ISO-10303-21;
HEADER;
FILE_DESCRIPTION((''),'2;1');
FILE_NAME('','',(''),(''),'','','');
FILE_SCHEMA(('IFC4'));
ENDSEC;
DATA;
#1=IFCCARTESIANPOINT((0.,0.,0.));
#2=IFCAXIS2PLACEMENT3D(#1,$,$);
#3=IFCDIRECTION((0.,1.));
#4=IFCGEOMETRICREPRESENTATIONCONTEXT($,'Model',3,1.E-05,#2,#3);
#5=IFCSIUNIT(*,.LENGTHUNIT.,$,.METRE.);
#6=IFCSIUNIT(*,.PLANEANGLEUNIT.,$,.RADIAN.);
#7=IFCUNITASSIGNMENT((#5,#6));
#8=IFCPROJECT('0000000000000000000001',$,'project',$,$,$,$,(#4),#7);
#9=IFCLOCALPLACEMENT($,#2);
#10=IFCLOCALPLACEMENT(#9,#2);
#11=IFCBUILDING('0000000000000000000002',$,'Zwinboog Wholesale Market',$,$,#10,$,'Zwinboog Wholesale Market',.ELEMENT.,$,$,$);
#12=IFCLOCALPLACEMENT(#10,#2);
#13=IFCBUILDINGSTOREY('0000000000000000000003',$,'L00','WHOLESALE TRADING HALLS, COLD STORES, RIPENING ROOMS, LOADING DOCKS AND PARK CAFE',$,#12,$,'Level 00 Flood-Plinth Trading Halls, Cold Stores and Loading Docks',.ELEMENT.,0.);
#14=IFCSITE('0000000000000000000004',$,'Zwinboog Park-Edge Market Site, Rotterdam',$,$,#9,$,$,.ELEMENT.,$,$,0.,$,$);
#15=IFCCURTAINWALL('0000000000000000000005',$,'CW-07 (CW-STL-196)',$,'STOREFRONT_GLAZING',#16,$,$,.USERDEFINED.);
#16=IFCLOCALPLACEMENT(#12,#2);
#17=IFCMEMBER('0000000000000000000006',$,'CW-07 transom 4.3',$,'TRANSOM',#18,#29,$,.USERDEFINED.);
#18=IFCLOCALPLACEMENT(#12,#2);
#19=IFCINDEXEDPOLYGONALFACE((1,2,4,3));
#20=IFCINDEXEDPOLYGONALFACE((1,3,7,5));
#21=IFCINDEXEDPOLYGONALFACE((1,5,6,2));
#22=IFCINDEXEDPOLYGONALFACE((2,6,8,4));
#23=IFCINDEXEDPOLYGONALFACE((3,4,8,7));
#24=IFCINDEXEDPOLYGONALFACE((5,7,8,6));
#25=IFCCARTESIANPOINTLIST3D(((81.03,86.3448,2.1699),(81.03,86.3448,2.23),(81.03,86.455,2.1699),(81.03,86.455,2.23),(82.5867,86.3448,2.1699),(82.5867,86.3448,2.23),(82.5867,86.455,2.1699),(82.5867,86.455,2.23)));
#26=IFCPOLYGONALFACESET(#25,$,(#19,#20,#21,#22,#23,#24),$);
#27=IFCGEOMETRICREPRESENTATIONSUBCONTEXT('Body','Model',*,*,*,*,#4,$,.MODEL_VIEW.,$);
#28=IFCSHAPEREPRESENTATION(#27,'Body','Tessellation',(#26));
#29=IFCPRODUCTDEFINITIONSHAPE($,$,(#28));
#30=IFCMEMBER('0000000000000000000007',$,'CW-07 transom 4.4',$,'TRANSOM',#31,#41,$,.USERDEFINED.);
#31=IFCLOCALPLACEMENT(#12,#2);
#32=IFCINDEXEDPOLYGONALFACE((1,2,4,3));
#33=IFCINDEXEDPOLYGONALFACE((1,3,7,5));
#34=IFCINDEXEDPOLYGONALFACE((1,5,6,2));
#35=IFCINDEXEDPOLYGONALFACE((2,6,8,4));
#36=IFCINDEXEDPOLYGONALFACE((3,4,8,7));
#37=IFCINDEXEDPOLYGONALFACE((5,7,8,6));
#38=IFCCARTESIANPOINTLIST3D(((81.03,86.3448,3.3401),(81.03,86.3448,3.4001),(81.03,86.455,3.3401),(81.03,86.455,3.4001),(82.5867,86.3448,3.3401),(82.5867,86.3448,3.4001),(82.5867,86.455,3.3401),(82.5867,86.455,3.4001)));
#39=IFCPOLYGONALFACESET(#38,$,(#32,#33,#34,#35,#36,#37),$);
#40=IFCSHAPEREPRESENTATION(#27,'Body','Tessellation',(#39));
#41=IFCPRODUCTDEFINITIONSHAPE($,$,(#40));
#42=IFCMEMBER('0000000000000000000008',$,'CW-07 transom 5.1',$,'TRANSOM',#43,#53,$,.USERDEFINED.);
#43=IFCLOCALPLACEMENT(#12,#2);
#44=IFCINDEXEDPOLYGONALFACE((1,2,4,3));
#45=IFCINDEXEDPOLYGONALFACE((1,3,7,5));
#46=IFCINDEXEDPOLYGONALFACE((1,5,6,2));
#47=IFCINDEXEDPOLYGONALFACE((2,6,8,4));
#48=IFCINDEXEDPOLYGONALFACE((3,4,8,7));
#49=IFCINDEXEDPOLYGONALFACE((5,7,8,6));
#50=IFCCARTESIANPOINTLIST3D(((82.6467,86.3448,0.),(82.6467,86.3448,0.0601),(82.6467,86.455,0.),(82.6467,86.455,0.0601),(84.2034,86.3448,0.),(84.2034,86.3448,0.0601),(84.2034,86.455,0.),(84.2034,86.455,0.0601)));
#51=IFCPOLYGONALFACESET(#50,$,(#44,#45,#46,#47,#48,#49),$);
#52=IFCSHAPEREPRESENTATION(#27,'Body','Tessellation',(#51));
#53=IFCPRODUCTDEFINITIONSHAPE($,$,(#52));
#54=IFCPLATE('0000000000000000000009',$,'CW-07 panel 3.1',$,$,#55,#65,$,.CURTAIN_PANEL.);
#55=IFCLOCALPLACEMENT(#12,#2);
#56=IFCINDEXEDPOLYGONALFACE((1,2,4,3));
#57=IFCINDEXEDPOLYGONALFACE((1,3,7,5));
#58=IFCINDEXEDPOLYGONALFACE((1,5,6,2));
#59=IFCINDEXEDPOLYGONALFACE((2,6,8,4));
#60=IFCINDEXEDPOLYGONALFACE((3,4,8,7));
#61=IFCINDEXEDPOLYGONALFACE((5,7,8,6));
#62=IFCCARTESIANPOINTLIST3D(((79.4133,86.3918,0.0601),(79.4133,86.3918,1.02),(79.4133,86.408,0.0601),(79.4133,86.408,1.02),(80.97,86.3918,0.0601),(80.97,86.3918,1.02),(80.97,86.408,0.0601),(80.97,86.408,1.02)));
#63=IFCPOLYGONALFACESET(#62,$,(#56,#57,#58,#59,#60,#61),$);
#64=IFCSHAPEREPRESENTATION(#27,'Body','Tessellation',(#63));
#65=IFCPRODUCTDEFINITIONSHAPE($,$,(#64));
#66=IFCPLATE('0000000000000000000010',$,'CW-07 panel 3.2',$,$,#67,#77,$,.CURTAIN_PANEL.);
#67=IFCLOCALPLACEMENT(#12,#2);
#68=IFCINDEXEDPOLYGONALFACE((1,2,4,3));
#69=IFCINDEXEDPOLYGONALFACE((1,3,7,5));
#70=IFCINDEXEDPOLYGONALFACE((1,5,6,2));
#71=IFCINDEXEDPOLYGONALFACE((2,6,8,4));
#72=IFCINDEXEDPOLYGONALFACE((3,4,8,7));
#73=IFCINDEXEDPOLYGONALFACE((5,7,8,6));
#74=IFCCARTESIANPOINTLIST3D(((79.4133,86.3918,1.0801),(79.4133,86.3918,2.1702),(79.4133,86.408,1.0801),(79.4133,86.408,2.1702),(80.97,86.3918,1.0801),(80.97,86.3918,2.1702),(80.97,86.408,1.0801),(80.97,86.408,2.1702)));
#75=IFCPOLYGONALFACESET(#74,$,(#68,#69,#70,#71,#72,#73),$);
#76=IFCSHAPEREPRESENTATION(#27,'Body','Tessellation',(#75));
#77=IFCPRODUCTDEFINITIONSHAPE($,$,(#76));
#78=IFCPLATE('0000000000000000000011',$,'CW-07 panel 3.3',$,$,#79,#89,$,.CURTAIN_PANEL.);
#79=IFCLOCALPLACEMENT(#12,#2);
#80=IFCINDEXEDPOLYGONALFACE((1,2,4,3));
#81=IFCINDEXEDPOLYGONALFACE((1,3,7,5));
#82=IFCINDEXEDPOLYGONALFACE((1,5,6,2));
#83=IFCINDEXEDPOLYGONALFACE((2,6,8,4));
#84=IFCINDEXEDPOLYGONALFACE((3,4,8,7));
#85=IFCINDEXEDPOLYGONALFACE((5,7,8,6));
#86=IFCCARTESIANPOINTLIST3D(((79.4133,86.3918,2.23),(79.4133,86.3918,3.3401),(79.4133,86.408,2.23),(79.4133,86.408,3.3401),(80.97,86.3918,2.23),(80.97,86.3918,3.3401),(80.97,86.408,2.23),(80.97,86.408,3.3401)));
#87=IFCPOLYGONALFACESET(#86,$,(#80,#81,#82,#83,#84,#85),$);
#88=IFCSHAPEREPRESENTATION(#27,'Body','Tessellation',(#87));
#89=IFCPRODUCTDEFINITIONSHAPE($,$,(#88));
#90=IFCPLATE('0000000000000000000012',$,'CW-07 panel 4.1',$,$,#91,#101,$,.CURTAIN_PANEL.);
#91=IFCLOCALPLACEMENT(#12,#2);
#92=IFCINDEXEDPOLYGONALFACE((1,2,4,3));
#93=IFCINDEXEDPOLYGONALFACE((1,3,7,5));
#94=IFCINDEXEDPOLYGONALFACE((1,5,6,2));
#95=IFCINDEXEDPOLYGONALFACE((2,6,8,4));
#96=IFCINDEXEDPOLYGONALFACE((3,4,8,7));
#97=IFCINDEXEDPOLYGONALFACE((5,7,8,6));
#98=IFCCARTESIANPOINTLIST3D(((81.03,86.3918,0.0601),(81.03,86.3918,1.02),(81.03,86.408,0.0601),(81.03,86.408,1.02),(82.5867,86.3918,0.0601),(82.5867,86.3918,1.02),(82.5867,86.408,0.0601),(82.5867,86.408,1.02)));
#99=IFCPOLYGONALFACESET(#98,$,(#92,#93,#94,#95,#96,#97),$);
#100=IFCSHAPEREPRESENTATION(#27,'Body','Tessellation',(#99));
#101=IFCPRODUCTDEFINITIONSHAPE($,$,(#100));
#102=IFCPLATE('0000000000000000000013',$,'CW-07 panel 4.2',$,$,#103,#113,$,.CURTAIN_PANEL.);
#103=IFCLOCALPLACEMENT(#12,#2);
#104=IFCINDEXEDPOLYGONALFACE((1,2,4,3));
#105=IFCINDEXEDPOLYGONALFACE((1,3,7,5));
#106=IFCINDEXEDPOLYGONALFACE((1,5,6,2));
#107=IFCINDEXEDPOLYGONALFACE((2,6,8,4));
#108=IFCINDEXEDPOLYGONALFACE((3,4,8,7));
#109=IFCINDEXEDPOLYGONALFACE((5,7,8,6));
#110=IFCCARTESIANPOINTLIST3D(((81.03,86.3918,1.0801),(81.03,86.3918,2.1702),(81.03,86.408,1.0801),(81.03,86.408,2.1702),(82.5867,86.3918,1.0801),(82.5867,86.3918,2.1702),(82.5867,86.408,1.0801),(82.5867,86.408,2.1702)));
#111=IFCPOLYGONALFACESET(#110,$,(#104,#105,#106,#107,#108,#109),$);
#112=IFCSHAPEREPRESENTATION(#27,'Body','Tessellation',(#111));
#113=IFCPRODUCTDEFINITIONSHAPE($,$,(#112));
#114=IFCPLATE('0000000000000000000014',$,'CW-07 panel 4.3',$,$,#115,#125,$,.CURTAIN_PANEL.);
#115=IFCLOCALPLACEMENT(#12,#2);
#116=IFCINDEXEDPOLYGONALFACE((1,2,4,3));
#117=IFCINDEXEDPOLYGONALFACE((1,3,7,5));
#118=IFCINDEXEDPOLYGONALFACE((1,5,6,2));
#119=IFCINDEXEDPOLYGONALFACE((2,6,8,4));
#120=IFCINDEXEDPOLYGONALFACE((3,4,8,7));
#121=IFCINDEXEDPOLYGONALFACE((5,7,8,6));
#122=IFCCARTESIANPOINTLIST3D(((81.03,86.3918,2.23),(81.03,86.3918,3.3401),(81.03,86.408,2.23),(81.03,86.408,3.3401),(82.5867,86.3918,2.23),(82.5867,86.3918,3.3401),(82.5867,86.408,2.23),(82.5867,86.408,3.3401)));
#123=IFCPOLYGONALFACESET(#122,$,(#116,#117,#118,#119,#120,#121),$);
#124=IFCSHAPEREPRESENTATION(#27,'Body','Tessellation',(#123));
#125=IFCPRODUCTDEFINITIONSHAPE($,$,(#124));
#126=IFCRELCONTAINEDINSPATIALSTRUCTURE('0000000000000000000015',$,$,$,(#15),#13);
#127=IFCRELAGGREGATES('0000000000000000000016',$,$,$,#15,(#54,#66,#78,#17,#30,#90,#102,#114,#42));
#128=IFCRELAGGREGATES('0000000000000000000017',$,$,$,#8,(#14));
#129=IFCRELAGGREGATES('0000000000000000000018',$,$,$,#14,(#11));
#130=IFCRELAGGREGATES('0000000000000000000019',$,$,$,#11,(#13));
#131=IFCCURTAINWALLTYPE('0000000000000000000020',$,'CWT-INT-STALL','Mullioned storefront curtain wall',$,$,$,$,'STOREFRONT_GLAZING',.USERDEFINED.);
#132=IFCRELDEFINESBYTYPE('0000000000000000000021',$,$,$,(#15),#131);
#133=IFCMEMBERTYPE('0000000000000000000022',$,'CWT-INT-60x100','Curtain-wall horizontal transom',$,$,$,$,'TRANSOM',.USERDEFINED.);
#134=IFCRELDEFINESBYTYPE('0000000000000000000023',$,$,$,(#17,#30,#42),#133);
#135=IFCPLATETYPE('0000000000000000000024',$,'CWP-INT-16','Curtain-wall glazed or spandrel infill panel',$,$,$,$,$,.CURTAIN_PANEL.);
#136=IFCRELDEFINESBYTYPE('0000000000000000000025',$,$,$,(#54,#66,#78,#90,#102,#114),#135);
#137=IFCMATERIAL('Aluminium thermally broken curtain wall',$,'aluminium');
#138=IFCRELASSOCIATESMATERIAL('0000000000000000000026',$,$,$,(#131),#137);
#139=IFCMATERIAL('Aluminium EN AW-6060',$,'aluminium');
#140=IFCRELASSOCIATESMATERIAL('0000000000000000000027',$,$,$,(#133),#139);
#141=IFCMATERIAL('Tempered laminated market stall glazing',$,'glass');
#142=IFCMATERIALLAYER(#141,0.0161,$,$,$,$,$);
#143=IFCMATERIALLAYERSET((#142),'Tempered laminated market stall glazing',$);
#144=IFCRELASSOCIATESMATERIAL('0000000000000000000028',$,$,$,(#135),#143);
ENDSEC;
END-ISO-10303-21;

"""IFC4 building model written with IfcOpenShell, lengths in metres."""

from ifc_helpers import new_model, si_unit, direction, frame, origin, origin_2d, place, context, subcontext, project, spatial, rectangle, extrude, material, layer, layer_set, material_profile, profile_set, type_object, element, aggregate, save


model = new_model("IFC4")

# Units and contexts
model_context = context("Model", 3, precision=1e-05, world=origin(), true_north=direction((0.0, 1.0)))
body_context = subcontext(model_context, "Body", "Model", "MODEL_VIEW")
ifc_project = project(units=[si_unit("LENGTHUNIT", "METRE"), si_unit("PLANEANGLEUNIT", "RADIAN")], contexts=[model_context])

# Site, building, storey
site_placement = place(None, origin())
site = spatial("IfcSite", under=ifc_project, at=site_placement, Name="Zwinboog Park-Edge Market Site, Rotterdam", CompositionType="ELEMENT", RefElevation=0.0)
building_placement = place(site_placement, origin())
building = spatial("IfcBuilding", under=site, at=building_placement, Name="Zwinboog Wholesale Market", LongName="Zwinboog Wholesale Market", CompositionType="ELEMENT")
storey_placement = place(building_placement, origin())
storey = spatial("IfcBuildingStorey", under=building, at=storey_placement, Name="L00", Description="WHOLESALE TRADING HALLS, COLD STORES, RIPENING ROOMS, LOADING DOCKS AND PARK CAFE", LongName="Level 00 Flood-Plinth Trading Halls, Cold Stores and Loading Docks", CompositionType="ELEMENT", Elevation=0.0)

# Curtain wall, members, plates
ifc_material_1 = material(Name="Aluminium thermally broken curtain wall", Category="aluminium")
curtain_wall_type = type_object("IfcCurtainWallType", Name="CWT-INT-STALL", Description="Mullioned storefront curtain wall", ElementType="STOREFRONT_GLAZING", PredefinedType="USERDEFINED", material=ifc_material_1)
curtain_wall_placement = place(storey_placement, origin())
curtain_wall = element("IfcCurtainWall", 1, at=curtain_wall_placement, inside=storey, type_object=curtain_wall_type, Name="CW-07 (CW-STL-196)", ObjectType="STOREFRONT_GLAZING", PredefinedType="USERDEFINED")
ifc_material_2 = material(Name="Aluminium EN AW-6060", Category="aluminium")
ifc_material_profile_1 = material_profile(ifc_material_2, rectangle(XDim=0.1101, YDim=0.0601, at=origin_2d()), Name="AL 60x110")
ifc_profile_set_1 = profile_set([ifc_material_profile_1], Name="Aluminium EN AW-6060")
member_type_1 = type_object("IfcMemberType", Name="CWT-INT-60x100", Description="Curtain-wall horizontal transom", ElementType="TRANSOM", PredefinedType="USERDEFINED", material=ifc_profile_set_1)
member_1_placement = place(storey_placement, frame((81.03, 86.3999, 2.2), z_axis=(1.0, 0.0, 0.0), x_axis=(0.0, 1.0, 0.0)))
member_1 = element("IfcMember", 2, at=member_1_placement, type_object=member_type_1, Name="CW-07 transom 4.3", ObjectType="TRANSOM", PredefinedType="USERDEFINED", context=body_context, shape_type="SweptSolid", body=[
    extrude(rectangle(XDim=0.1101, YDim=0.0601, at=origin_2d()), origin(), (0.0, 0.0, 1.0), 1.5566),
])
member_2_placement = place(storey_placement, frame((81.03, 86.3999, 3.3701), z_axis=(1.0, 0.0, 0.0), x_axis=(0.0, 1.0, 0.0)))
member_2 = element("IfcMember", 3, at=member_2_placement, type_object=member_type_1, Name="CW-07 transom 4.4", ObjectType="TRANSOM", PredefinedType="USERDEFINED", context=body_context, shape_type="SweptSolid", body=[
    extrude(rectangle(XDim=0.1101, YDim=0.0601, at=origin_2d()), origin(), (0.0, 0.0, 1.0), 1.5566),
])
member_3_placement = place(storey_placement, frame((82.6467, 86.3999, 0.03), z_axis=(1.0, 0.0, 0.0), x_axis=(0.0, 1.0, 0.0)))
member_3 = element("IfcMember", 4, at=member_3_placement, type_object=member_type_1, Name="CW-07 transom 5.1", ObjectType="TRANSOM", PredefinedType="USERDEFINED", context=body_context, shape_type="SweptSolid", body=[
    extrude(rectangle(XDim=0.1101, YDim=0.0601, at=origin_2d()), origin(), (0.0, 0.0, 1.0), 1.5566),
])
ifc_material_3 = material(Name="Tempered laminated market stall glazing", Category="glass")
ifc_layer = layer(ifc_material_3, 0.0161)
ifc_layer_set = layer_set([ifc_layer], Name="Tempered laminated market stall glazing")
plate_type = type_object("IfcPlateType", Name="CWP-INT-16", Description="Curtain-wall glazed or spandrel infill panel", PredefinedType="CURTAIN_PANEL", material=ifc_layer_set)
plate_1_placement = place(storey_placement, frame((80.1917, 86.3999, 0.0601), z_axis=(0.0, 0.0, 1.0), x_axis=(1.0, 0.0, 0.0)))
plate_1 = element("IfcPlate", 5, at=plate_1_placement, type_object=plate_type, Name="CW-07 panel 3.1", PredefinedType="CURTAIN_PANEL", context=body_context, shape_type="SweptSolid", body=[
    extrude(rectangle(XDim=1.5566, YDim=0.0161, at=origin_2d()), origin(), (0.0, 0.0, 1.0), 0.96),
])
plate_2_placement = place(storey_placement, frame((80.1917, 86.3999, 1.0801), z_axis=(0.0, 0.0, 1.0), x_axis=(1.0, 0.0, 0.0)))
plate_2 = element("IfcPlate", 6, at=plate_2_placement, type_object=plate_type, Name="CW-07 panel 3.2", PredefinedType="CURTAIN_PANEL", context=body_context, shape_type="SweptSolid", body=[
    extrude(rectangle(XDim=1.5566, YDim=0.0161, at=origin_2d()), origin(), (0.0, 0.0, 1.0), 1.0901),
])
plate_3_placement = place(storey_placement, frame((80.1917, 86.3999, 2.23), z_axis=(0.0, 0.0, 1.0), x_axis=(1.0, 0.0, 0.0)))
plate_3 = element("IfcPlate", 7, at=plate_3_placement, type_object=plate_type, Name="CW-07 panel 3.3", PredefinedType="CURTAIN_PANEL", context=body_context, shape_type="SweptSolid", body=[
    extrude(rectangle(XDim=1.5566, YDim=0.0161, at=origin_2d()), origin(), (0.0, 0.0, 1.0), 1.1101),
])
plate_4_placement = place(storey_placement, frame((81.8083, 86.3999, 0.0601), z_axis=(0.0, 0.0, 1.0), x_axis=(1.0, 0.0, 0.0)))
plate_4 = element("IfcPlate", 8, at=plate_4_placement, type_object=plate_type, Name="CW-07 panel 4.1", PredefinedType="CURTAIN_PANEL", context=body_context, shape_type="SweptSolid", body=[
    extrude(rectangle(XDim=1.5566, YDim=0.0161, at=origin_2d()), origin(), (0.0, 0.0, 1.0), 0.96),
])
plate_5_placement = place(storey_placement, frame((81.8083, 86.3999, 1.0801), z_axis=(0.0, 0.0, 1.0), x_axis=(1.0, 0.0, 0.0)))
plate_5 = element("IfcPlate", 9, at=plate_5_placement, type_object=plate_type, Name="CW-07 panel 4.2", PredefinedType="CURTAIN_PANEL", context=body_context, shape_type="SweptSolid", body=[
    extrude(rectangle(XDim=1.5566, YDim=0.0161, at=origin_2d()), origin(), (0.0, 0.0, 1.0), 1.0901),
])
plate_6_placement = place(storey_placement, frame((81.8083, 86.3999, 2.23), z_axis=(0.0, 0.0, 1.0), x_axis=(1.0, 0.0, 0.0)))
plate_6 = element("IfcPlate", 10, at=plate_6_placement, type_object=plate_type, Name="CW-07 panel 4.3", PredefinedType="CURTAIN_PANEL", context=body_context, shape_type="SweptSolid", body=[
    extrude(rectangle(XDim=1.5566, YDim=0.0161, at=origin_2d()), origin(), (0.0, 0.0, 1.0), 1.1101),
])
aggregate(curtain_wall, [plate_1, plate_2, plate_3, member_1, member_2, plate_4, plate_5, plate_6, member_3])

save(model, "model.ifc")
